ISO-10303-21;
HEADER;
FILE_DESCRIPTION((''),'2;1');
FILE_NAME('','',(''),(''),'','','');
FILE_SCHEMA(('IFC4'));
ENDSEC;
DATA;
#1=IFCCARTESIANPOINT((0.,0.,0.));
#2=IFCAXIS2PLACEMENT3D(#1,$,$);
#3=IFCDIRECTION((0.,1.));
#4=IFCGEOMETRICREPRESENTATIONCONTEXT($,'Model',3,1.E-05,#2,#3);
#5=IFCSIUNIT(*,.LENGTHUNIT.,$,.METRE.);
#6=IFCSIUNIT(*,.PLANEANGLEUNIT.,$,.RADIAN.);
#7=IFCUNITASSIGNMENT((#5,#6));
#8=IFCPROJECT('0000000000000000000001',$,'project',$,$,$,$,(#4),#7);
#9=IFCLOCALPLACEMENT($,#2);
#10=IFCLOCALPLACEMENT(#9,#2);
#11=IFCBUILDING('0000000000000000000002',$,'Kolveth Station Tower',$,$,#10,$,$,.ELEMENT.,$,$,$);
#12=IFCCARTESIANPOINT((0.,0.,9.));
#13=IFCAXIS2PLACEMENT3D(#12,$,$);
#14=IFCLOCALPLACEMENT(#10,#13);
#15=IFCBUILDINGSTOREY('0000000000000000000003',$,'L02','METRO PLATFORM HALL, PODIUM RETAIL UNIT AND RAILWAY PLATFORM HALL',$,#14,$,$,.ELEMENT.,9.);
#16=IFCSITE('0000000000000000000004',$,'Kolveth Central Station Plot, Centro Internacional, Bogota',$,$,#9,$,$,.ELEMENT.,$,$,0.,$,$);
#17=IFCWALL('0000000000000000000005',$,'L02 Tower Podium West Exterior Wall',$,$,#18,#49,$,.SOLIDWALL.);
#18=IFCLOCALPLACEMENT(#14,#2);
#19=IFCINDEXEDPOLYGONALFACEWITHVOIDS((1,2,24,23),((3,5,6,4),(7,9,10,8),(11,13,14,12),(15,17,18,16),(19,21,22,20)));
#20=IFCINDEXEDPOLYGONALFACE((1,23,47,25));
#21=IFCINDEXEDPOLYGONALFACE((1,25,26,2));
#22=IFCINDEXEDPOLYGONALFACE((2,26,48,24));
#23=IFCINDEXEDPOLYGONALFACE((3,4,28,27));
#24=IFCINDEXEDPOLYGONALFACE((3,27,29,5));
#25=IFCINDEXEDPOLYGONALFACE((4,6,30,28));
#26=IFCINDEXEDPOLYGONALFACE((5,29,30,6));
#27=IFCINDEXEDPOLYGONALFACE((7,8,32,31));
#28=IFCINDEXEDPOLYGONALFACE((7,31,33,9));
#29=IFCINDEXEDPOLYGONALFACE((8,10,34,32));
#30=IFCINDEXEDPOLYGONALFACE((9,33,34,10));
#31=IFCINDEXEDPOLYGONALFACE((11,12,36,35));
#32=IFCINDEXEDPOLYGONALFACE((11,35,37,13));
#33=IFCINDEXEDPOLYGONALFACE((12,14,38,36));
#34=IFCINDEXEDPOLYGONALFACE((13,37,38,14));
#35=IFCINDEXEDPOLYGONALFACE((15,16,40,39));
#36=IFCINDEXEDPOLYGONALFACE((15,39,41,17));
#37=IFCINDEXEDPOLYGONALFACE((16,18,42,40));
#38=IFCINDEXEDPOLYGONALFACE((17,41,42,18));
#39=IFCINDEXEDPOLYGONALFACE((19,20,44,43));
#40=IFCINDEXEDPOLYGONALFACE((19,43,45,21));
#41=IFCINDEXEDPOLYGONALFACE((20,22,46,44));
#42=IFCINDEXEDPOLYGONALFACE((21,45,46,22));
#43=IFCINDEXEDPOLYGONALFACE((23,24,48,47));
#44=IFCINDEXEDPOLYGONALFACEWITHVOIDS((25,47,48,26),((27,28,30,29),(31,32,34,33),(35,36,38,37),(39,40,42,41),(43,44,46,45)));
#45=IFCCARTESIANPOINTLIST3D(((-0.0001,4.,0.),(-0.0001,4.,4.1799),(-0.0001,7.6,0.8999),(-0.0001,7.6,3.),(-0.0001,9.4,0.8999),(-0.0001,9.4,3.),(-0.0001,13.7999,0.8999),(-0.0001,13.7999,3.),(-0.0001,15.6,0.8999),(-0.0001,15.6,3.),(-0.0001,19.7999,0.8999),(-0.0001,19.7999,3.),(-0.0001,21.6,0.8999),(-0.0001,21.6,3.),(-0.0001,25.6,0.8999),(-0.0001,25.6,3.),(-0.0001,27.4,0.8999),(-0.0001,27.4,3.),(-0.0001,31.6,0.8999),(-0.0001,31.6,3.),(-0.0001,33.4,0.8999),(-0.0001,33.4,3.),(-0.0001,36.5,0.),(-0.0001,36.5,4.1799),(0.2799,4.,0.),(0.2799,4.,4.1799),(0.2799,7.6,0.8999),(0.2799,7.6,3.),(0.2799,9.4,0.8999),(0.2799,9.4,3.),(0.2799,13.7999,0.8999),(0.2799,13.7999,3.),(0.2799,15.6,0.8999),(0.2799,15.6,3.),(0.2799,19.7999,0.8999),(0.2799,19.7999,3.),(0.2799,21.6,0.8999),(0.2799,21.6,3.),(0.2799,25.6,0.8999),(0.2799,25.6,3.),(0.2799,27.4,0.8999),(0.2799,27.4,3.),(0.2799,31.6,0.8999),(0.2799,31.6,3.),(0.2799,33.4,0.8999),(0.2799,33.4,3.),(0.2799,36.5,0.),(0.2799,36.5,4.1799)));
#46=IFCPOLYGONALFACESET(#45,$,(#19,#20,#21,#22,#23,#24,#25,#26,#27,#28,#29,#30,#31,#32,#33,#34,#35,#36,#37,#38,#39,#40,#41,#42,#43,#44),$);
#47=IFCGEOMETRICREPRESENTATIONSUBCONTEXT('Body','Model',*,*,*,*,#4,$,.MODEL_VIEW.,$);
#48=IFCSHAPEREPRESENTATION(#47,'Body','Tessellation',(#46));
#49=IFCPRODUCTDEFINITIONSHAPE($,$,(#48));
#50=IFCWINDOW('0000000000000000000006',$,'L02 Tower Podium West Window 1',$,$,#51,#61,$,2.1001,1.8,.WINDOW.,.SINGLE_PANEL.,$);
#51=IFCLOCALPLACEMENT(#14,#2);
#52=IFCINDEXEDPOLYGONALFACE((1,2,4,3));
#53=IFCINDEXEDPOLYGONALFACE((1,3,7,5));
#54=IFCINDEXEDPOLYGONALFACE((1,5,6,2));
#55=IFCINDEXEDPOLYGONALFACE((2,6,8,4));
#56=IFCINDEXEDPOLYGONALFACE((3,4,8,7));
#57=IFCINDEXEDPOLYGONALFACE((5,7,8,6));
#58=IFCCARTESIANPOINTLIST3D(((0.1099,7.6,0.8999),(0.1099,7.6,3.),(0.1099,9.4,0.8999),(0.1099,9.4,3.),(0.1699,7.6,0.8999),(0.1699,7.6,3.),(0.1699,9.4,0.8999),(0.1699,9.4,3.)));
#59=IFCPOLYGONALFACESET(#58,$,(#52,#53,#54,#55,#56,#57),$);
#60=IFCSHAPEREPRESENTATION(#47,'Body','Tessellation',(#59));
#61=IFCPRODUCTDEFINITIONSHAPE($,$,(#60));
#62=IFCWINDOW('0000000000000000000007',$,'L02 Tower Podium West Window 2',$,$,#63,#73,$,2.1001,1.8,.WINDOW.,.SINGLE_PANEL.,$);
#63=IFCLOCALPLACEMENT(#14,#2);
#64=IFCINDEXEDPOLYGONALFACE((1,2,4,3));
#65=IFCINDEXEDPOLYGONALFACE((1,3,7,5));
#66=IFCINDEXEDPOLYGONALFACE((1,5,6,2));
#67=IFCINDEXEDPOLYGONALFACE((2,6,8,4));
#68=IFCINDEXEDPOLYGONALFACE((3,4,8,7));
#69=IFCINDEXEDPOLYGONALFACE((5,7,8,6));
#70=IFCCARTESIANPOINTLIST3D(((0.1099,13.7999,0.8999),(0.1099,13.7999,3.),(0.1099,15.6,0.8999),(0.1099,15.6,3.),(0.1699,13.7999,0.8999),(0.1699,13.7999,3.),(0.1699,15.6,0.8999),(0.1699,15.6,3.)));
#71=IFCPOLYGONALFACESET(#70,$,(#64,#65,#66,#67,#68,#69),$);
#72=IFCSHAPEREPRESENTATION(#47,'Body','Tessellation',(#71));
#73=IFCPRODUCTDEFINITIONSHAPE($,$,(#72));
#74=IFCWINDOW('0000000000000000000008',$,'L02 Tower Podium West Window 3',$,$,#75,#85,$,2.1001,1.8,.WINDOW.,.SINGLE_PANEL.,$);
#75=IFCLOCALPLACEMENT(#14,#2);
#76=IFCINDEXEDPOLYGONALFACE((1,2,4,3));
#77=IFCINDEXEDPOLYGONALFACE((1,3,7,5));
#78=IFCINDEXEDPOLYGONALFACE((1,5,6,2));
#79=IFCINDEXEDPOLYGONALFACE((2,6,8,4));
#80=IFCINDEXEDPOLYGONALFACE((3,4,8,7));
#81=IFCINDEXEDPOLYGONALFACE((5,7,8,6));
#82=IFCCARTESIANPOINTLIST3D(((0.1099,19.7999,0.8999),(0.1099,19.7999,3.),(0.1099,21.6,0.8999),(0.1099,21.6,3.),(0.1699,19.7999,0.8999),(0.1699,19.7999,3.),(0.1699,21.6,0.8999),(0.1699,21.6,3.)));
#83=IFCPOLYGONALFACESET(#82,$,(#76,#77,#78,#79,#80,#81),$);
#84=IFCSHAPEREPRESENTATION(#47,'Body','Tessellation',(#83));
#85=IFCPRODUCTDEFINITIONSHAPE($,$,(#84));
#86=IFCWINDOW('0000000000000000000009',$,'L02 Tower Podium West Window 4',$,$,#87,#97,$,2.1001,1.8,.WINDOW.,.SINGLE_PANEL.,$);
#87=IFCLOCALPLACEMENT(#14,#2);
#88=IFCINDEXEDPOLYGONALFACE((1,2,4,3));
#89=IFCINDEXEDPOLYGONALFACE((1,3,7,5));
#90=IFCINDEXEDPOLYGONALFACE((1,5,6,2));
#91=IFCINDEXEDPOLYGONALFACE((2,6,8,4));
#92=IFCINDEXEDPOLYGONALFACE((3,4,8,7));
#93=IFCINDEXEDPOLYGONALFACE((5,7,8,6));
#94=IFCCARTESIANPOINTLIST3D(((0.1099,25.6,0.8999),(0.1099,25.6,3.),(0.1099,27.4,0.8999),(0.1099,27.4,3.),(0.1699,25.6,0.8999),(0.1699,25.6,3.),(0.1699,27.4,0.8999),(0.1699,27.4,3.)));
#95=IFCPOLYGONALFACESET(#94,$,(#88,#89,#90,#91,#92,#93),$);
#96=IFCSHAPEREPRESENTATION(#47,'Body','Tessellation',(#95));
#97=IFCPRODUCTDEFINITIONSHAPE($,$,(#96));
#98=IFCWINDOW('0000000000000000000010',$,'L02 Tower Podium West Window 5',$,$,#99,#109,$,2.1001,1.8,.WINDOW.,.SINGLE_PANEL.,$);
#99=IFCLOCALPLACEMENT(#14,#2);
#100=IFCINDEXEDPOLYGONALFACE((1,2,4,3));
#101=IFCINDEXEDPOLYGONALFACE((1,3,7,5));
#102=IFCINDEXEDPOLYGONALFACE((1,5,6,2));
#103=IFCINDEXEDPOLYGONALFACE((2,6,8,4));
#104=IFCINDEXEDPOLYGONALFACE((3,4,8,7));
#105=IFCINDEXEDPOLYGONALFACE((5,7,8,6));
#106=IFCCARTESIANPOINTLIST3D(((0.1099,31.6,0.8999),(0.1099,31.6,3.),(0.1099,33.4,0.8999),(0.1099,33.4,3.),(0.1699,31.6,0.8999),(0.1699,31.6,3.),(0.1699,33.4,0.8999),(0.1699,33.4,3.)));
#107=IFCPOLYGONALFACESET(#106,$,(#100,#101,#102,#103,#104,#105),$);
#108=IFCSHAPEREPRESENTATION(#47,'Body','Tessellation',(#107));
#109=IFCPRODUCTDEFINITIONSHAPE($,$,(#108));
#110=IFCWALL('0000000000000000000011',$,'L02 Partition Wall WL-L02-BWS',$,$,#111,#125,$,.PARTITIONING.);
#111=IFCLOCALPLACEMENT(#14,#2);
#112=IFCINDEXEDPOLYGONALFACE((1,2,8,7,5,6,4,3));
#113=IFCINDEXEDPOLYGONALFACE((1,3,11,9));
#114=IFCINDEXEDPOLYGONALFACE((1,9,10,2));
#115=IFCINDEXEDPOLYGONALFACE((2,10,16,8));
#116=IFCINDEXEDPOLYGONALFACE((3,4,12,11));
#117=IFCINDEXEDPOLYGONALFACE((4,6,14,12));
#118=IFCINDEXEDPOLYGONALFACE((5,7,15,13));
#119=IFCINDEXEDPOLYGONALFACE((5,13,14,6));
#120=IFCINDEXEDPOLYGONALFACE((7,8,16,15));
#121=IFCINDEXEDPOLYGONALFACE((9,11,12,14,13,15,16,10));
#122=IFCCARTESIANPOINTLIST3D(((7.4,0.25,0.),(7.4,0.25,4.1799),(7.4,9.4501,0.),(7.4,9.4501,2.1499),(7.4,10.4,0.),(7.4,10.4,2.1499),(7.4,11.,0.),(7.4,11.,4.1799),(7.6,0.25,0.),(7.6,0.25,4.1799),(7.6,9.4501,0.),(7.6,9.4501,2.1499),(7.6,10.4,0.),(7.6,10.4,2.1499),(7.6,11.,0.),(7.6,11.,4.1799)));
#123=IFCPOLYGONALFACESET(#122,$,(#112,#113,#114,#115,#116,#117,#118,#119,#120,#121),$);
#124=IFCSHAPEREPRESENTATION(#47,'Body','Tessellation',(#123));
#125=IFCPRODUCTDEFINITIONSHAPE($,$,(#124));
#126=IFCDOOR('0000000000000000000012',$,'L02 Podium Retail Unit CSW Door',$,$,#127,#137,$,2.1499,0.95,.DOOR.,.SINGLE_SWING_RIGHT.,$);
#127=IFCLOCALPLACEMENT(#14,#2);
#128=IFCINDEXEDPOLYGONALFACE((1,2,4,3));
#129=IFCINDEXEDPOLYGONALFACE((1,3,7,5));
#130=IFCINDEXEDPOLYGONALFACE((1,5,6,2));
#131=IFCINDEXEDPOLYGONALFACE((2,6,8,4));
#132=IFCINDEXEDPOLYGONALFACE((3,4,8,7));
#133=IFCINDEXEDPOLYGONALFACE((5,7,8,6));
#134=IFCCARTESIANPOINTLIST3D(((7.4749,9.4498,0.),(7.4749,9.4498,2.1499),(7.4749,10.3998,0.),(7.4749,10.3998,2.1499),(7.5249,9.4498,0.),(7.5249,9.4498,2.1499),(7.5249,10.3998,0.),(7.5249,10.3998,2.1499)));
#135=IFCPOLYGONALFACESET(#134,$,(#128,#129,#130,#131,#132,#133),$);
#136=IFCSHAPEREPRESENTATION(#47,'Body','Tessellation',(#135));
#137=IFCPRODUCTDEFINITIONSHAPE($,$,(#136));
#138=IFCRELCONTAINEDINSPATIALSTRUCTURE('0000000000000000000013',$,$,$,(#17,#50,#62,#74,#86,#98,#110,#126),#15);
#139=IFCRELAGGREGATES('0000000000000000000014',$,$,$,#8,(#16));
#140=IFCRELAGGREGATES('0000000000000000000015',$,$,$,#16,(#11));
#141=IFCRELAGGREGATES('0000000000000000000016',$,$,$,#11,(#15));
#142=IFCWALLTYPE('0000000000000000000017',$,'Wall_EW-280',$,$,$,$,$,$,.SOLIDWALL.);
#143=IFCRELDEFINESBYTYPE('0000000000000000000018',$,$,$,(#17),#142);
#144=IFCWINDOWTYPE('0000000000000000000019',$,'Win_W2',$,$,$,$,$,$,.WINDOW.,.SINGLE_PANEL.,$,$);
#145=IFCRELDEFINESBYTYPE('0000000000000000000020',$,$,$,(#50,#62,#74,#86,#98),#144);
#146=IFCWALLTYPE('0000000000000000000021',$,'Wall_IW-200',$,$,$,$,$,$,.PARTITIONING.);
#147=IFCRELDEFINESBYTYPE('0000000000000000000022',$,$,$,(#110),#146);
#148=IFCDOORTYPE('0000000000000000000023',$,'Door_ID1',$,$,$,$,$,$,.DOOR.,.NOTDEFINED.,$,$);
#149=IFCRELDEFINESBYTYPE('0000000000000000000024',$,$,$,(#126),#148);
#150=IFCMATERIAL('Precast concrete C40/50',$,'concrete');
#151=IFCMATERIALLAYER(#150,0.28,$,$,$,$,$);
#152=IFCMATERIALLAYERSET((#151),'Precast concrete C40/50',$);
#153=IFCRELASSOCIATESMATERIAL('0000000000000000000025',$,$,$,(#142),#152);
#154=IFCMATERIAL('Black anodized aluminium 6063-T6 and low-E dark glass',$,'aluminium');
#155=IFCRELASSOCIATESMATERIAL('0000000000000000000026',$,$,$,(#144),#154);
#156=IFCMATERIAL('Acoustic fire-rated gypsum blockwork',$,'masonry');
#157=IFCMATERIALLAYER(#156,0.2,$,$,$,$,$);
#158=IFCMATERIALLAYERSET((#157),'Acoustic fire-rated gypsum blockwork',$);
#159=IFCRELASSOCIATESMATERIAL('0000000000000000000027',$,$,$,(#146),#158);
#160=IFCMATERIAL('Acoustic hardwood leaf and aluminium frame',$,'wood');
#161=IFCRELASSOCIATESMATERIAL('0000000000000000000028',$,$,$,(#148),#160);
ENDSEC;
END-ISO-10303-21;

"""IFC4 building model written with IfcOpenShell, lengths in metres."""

from ifc_helpers import new_model, si_unit, direction, frame, frame_2d, origin, place, context, subcontext, project, spatial, rectangle, extrude, material, layer, layer_set, type_object, element, fill, save


model = new_model("IFC4")

# Units and contexts
model_context = context("Model", 3, precision=1e-05, world=origin(), true_north=direction((0.0, 1.0)))
body_context = subcontext(model_context, "Body", "Model", "MODEL_VIEW")
ifc_project = project(units=[si_unit("LENGTHUNIT", "METRE"), si_unit("PLANEANGLEUNIT", "RADIAN")], contexts=[model_context])

# Site, building, storey
site_placement = place(None, origin())
site = spatial("IfcSite", under=ifc_project, at=site_placement, Name="Kolveth Central Station Plot, Centro Internacional, Bogota", CompositionType="ELEMENT", RefElevation=0.0)
building_placement = place(site_placement, origin())
building = spatial("IfcBuilding", under=site, at=building_placement, Name="Kolveth Station Tower", CompositionType="ELEMENT")
storey_placement = place(building_placement, frame((0.0, 0.0, 9.0)))
storey = spatial("IfcBuildingStorey", under=building, at=storey_placement, Name="L02", Description="METRO PLATFORM HALL, PODIUM RETAIL UNIT AND RAILWAY PLATFORM HALL", CompositionType="ELEMENT", Elevation=9.0)

# Shared definitions
ifc_material_1 = material(Name="Precast concrete C40/50", Category="concrete")

# Wall, openings, windows
ifc_layer_1 = layer(ifc_material_1, 0.28)
ifc_layer_set_1 = layer_set([ifc_layer_1], Name="Precast concrete C40/50")
wall_type_1 = type_object("IfcWallType", Name="Wall_EW-280", PredefinedType="SOLIDWALL", material=ifc_layer_set_1)
wall_1_placement = place(storey_placement, frame((0.1399, 4.0, 0.0), z_axis=(0.0, 0.0, 1.0), x_axis=(0.0, 1.0, 0.0)))
wall_1 = element("IfcWall", 1, at=wall_1_placement, inside=storey, type_object=wall_type_1, Name="L02 Tower Podium West Exterior Wall", PredefinedType="SOLIDWALL", context=body_context, shape_type="SweptSolid", body=[
    extrude(rectangle(XDim=32.5, YDim=0.28, at=frame_2d((16.25, 0.0))), origin(), (0.0, 0.0, 1.0), 4.1799),
])
opening_1_placement = place(wall_1_placement, frame((3.6001, 0.0, 0.8999)))
opening_1 = element("IfcOpeningElement", 2, at=opening_1_placement, cuts=wall_1, PredefinedType="OPENING", context=body_context, shape_type="SweptSolid", body=[
    extrude(rectangle(XDim=1.8, YDim=2.1001, at=frame_2d((0.8999, 1.05))), frame((0.0, 0.1499, 0.0), z_axis=(0.0, -1.0, 0.0), x_axis=(1.0, 0.0, 0.0)), (0.0, 0.0, 1.0), 0.3),
])
opening_2_placement = place(wall_1_placement, frame((9.8, 0.0, 0.8999)))
opening_2 = element("IfcOpeningElement", 3, at=opening_2_placement, cuts=wall_1, PredefinedType="OPENING", context=body_context, shape_type="SweptSolid", body=[
    extrude(rectangle(XDim=1.8, YDim=2.1001, at=frame_2d((0.8999, 1.05))), frame((0.0, 0.1499, 0.0), z_axis=(0.0, -1.0, 0.0), x_axis=(1.0, 0.0, 0.0)), (0.0, 0.0, 1.0), 0.3),
])
opening_3_placement = place(wall_1_placement, frame((15.8, 0.0, 0.8999)))
opening_3 = element("IfcOpeningElement", 4, at=opening_3_placement, cuts=wall_1, PredefinedType="OPENING", context=body_context, shape_type="SweptSolid", body=[
    extrude(rectangle(XDim=1.8, YDim=2.1001, at=frame_2d((0.8999, 1.05))), frame((0.0, 0.1499, 0.0), z_axis=(0.0, -1.0, 0.0), x_axis=(1.0, 0.0, 0.0)), (0.0, 0.0, 1.0), 0.3),
])
opening_4_placement = place(wall_1_placement, frame((21.6001, 0.0, 0.8999)))
opening_4 = element("IfcOpeningElement", 5, at=opening_4_placement, cuts=wall_1, PredefinedType="OPENING", context=body_context, shape_type="SweptSolid", body=[
    extrude(rectangle(XDim=1.8, YDim=2.1001, at=frame_2d((0.8999, 1.05))), frame((0.0, 0.1499, 0.0), z_axis=(0.0, -1.0, 0.0), x_axis=(1.0, 0.0, 0.0)), (0.0, 0.0, 1.0), 0.3),
])
opening_5_placement = place(wall_1_placement, frame((27.6001, 0.0, 0.8999)))
opening_5 = element("IfcOpeningElement", 6, at=opening_5_placement, cuts=wall_1, PredefinedType="OPENING", context=body_context, shape_type="SweptSolid", body=[
    extrude(rectangle(XDim=1.8, YDim=2.1001, at=frame_2d((0.8999, 1.05))), frame((0.0, 0.1499, 0.0), z_axis=(0.0, -1.0, 0.0), x_axis=(1.0, 0.0, 0.0)), (0.0, 0.0, 1.0), 0.3),
])
ifc_material_2 = material(Name="Black anodized aluminium 6063-T6 and low-E dark glass", Category="aluminium")
window_type = type_object("IfcWindowType", Name="Win_W2", PartitioningType="SINGLE_PANEL", PredefinedType="WINDOW", material=ifc_material_2)
window_1_placement = place(opening_1_placement, origin())
window_1 = element("IfcWindow", 7, at=window_1_placement, inside=storey, type_object=window_type, Name="L02 Tower Podium West Window 1", OverallHeight=2.1001, OverallWidth=1.8, PartitioningType="SINGLE_PANEL", PredefinedType="WINDOW", context=body_context, shape_type="SweptSolid", body=[
    extrude(rectangle(XDim=1.8, YDim=2.1001, at=frame_2d((0.8999, 1.05))), frame((0.0, 0.03, 0.0), z_axis=(0.0, -1.0, 0.0), x_axis=(1.0, 0.0, 0.0)), (0.0, 0.0, 1.0), 0.0601),
])
fill(opening_1, window_1)
window_2_placement = place(opening_2_placement, origin())
window_2 = element("IfcWindow", 8, at=window_2_placement, inside=storey, type_object=window_type, Name="L02 Tower Podium West Window 2", OverallHeight=2.1001, OverallWidth=1.8, PartitioningType="SINGLE_PANEL", PredefinedType="WINDOW", context=body_context, shape_type="SweptSolid", body=[
    extrude(rectangle(XDim=1.8, YDim=2.1001, at=frame_2d((0.8999, 1.05))), frame((0.0, 0.03, 0.0), z_axis=(0.0, -1.0, 0.0), x_axis=(1.0, 0.0, 0.0)), (0.0, 0.0, 1.0), 0.0601),
])
fill(opening_2, window_2)
window_3_placement = place(opening_3_placement, origin())
window_3 = element("IfcWindow", 9, at=window_3_placement, inside=storey, type_object=window_type, Name="L02 Tower Podium West Window 3", OverallHeight=2.1001, OverallWidth=1.8, PartitioningType="SINGLE_PANEL", PredefinedType="WINDOW", context=body_context, shape_type="SweptSolid", body=[
    extrude(rectangle(XDim=1.8, YDim=2.1001, at=frame_2d((0.8999, 1.05))), frame((0.0, 0.03, 0.0), z_axis=(0.0, -1.0, 0.0), x_axis=(1.0, 0.0, 0.0)), (0.0, 0.0, 1.0), 0.0601),
])
fill(opening_3, window_3)
window_4_placement = place(opening_4_placement, origin())
window_4 = element("IfcWindow", 10, at=window_4_placement, inside=storey, type_object=window_type, Name="L02 Tower Podium West Window 4", OverallHeight=2.1001, OverallWidth=1.8, PartitioningType="SINGLE_PANEL", PredefinedType="WINDOW", context=body_context, shape_type="SweptSolid", body=[
    extrude(rectangle(XDim=1.8, YDim=2.1001, at=frame_2d((0.8999, 1.05))), frame((0.0, 0.03, 0.0), z_axis=(0.0, -1.0, 0.0), x_axis=(1.0, 0.0, 0.0)), (0.0, 0.0, 1.0), 0.0601),
])
fill(opening_4, window_4)
window_5_placement = place(opening_5_placement, origin())
window_5 = element("IfcWindow", 11, at=window_5_placement, inside=storey, type_object=window_type, Name="L02 Tower Podium West Window 5", OverallHeight=2.1001, OverallWidth=1.8, PartitioningType="SINGLE_PANEL", PredefinedType="WINDOW", context=body_context, shape_type="SweptSolid", body=[
    extrude(rectangle(XDim=1.8, YDim=2.1001, at=frame_2d((0.8999, 1.05))), frame((0.0, 0.03, 0.0), z_axis=(0.0, -1.0, 0.0), x_axis=(1.0, 0.0, 0.0)), (0.0, 0.0, 1.0), 0.0601),
])
fill(opening_5, window_5)

# Wall, opening, door
ifc_material_3 = material(Name="Acoustic fire-rated gypsum blockwork", Category="masonry")
ifc_layer_2 = layer(ifc_material_3, 0.2)
ifc_layer_set_2 = layer_set([ifc_layer_2], Name="Acoustic fire-rated gypsum blockwork")
wall_type_2 = type_object("IfcWallType", Name="Wall_IW-200", PredefinedType="PARTITIONING", material=ifc_layer_set_2)
wall_2_placement = place(storey_placement, frame((7.5, 0.25, 0.0), z_axis=(0.0, 0.0, 1.0), x_axis=(0.0, 1.0, 0.0)))
wall_2 = element("IfcWall", 12, at=wall_2_placement, inside=storey, type_object=wall_type_2, Name="L02 Partition Wall WL-L02-BWS", PredefinedType="PARTITIONING", context=body_context, shape_type="SweptSolid", body=[
    extrude(rectangle(XDim=10.75, YDim=0.2, at=frame_2d((5.375, 0.0))), origin(), (0.0, 0.0, 1.0), 4.1799),
])
opening_6_placement = place(wall_2_placement, frame((9.2, 0.0, 0.0)))
opening_6 = element("IfcOpeningElement", 13, at=opening_6_placement, cuts=wall_2, PredefinedType="OPENING", context=body_context, shape_type="SweptSolid", body=[
    extrude(rectangle(XDim=0.95, YDim=2.1499, at=frame_2d((0.4751, 1.075))), frame((0.0, 0.1099, 0.0), z_axis=(0.0, -1.0, 0.0), x_axis=(1.0, 0.0, 0.0)), (0.0, 0.0, 1.0), 0.22),
])
ifc_material_4 = material(Name="Acoustic hardwood leaf and aluminium frame", Category="wood")
door_type = type_object("IfcDoorType", Name="Door_ID1", OperationType="NOTDEFINED", PredefinedType="DOOR", material=ifc_material_4)
door_placement = place(opening_6_placement, frame((0.95, 0.0, 0.0), z_axis=(0.0, 0.0, 1.0), x_axis=(-1.0, 0.0, 0.0)))
door = element("IfcDoor", 14, at=door_placement, inside=storey, type_object=door_type, Name="L02 Podium Retail Unit CSW Door", OperationType="SINGLE_SWING_RIGHT", OverallHeight=2.1499, OverallWidth=0.95, PredefinedType="DOOR", context=body_context, shape_type="SweptSolid", body=[
    extrude(rectangle(XDim=0.95, YDim=2.1499, at=frame_2d((0.4751, 1.075))), frame((0.0, 0.0249, 0.0), z_axis=(0.0, -1.0, 0.0), x_axis=(1.0, 0.0, 0.0)), (0.0, 0.0, 1.0), 0.05),
])
fill(opening_6, door)

save(model, "model.ifc")
